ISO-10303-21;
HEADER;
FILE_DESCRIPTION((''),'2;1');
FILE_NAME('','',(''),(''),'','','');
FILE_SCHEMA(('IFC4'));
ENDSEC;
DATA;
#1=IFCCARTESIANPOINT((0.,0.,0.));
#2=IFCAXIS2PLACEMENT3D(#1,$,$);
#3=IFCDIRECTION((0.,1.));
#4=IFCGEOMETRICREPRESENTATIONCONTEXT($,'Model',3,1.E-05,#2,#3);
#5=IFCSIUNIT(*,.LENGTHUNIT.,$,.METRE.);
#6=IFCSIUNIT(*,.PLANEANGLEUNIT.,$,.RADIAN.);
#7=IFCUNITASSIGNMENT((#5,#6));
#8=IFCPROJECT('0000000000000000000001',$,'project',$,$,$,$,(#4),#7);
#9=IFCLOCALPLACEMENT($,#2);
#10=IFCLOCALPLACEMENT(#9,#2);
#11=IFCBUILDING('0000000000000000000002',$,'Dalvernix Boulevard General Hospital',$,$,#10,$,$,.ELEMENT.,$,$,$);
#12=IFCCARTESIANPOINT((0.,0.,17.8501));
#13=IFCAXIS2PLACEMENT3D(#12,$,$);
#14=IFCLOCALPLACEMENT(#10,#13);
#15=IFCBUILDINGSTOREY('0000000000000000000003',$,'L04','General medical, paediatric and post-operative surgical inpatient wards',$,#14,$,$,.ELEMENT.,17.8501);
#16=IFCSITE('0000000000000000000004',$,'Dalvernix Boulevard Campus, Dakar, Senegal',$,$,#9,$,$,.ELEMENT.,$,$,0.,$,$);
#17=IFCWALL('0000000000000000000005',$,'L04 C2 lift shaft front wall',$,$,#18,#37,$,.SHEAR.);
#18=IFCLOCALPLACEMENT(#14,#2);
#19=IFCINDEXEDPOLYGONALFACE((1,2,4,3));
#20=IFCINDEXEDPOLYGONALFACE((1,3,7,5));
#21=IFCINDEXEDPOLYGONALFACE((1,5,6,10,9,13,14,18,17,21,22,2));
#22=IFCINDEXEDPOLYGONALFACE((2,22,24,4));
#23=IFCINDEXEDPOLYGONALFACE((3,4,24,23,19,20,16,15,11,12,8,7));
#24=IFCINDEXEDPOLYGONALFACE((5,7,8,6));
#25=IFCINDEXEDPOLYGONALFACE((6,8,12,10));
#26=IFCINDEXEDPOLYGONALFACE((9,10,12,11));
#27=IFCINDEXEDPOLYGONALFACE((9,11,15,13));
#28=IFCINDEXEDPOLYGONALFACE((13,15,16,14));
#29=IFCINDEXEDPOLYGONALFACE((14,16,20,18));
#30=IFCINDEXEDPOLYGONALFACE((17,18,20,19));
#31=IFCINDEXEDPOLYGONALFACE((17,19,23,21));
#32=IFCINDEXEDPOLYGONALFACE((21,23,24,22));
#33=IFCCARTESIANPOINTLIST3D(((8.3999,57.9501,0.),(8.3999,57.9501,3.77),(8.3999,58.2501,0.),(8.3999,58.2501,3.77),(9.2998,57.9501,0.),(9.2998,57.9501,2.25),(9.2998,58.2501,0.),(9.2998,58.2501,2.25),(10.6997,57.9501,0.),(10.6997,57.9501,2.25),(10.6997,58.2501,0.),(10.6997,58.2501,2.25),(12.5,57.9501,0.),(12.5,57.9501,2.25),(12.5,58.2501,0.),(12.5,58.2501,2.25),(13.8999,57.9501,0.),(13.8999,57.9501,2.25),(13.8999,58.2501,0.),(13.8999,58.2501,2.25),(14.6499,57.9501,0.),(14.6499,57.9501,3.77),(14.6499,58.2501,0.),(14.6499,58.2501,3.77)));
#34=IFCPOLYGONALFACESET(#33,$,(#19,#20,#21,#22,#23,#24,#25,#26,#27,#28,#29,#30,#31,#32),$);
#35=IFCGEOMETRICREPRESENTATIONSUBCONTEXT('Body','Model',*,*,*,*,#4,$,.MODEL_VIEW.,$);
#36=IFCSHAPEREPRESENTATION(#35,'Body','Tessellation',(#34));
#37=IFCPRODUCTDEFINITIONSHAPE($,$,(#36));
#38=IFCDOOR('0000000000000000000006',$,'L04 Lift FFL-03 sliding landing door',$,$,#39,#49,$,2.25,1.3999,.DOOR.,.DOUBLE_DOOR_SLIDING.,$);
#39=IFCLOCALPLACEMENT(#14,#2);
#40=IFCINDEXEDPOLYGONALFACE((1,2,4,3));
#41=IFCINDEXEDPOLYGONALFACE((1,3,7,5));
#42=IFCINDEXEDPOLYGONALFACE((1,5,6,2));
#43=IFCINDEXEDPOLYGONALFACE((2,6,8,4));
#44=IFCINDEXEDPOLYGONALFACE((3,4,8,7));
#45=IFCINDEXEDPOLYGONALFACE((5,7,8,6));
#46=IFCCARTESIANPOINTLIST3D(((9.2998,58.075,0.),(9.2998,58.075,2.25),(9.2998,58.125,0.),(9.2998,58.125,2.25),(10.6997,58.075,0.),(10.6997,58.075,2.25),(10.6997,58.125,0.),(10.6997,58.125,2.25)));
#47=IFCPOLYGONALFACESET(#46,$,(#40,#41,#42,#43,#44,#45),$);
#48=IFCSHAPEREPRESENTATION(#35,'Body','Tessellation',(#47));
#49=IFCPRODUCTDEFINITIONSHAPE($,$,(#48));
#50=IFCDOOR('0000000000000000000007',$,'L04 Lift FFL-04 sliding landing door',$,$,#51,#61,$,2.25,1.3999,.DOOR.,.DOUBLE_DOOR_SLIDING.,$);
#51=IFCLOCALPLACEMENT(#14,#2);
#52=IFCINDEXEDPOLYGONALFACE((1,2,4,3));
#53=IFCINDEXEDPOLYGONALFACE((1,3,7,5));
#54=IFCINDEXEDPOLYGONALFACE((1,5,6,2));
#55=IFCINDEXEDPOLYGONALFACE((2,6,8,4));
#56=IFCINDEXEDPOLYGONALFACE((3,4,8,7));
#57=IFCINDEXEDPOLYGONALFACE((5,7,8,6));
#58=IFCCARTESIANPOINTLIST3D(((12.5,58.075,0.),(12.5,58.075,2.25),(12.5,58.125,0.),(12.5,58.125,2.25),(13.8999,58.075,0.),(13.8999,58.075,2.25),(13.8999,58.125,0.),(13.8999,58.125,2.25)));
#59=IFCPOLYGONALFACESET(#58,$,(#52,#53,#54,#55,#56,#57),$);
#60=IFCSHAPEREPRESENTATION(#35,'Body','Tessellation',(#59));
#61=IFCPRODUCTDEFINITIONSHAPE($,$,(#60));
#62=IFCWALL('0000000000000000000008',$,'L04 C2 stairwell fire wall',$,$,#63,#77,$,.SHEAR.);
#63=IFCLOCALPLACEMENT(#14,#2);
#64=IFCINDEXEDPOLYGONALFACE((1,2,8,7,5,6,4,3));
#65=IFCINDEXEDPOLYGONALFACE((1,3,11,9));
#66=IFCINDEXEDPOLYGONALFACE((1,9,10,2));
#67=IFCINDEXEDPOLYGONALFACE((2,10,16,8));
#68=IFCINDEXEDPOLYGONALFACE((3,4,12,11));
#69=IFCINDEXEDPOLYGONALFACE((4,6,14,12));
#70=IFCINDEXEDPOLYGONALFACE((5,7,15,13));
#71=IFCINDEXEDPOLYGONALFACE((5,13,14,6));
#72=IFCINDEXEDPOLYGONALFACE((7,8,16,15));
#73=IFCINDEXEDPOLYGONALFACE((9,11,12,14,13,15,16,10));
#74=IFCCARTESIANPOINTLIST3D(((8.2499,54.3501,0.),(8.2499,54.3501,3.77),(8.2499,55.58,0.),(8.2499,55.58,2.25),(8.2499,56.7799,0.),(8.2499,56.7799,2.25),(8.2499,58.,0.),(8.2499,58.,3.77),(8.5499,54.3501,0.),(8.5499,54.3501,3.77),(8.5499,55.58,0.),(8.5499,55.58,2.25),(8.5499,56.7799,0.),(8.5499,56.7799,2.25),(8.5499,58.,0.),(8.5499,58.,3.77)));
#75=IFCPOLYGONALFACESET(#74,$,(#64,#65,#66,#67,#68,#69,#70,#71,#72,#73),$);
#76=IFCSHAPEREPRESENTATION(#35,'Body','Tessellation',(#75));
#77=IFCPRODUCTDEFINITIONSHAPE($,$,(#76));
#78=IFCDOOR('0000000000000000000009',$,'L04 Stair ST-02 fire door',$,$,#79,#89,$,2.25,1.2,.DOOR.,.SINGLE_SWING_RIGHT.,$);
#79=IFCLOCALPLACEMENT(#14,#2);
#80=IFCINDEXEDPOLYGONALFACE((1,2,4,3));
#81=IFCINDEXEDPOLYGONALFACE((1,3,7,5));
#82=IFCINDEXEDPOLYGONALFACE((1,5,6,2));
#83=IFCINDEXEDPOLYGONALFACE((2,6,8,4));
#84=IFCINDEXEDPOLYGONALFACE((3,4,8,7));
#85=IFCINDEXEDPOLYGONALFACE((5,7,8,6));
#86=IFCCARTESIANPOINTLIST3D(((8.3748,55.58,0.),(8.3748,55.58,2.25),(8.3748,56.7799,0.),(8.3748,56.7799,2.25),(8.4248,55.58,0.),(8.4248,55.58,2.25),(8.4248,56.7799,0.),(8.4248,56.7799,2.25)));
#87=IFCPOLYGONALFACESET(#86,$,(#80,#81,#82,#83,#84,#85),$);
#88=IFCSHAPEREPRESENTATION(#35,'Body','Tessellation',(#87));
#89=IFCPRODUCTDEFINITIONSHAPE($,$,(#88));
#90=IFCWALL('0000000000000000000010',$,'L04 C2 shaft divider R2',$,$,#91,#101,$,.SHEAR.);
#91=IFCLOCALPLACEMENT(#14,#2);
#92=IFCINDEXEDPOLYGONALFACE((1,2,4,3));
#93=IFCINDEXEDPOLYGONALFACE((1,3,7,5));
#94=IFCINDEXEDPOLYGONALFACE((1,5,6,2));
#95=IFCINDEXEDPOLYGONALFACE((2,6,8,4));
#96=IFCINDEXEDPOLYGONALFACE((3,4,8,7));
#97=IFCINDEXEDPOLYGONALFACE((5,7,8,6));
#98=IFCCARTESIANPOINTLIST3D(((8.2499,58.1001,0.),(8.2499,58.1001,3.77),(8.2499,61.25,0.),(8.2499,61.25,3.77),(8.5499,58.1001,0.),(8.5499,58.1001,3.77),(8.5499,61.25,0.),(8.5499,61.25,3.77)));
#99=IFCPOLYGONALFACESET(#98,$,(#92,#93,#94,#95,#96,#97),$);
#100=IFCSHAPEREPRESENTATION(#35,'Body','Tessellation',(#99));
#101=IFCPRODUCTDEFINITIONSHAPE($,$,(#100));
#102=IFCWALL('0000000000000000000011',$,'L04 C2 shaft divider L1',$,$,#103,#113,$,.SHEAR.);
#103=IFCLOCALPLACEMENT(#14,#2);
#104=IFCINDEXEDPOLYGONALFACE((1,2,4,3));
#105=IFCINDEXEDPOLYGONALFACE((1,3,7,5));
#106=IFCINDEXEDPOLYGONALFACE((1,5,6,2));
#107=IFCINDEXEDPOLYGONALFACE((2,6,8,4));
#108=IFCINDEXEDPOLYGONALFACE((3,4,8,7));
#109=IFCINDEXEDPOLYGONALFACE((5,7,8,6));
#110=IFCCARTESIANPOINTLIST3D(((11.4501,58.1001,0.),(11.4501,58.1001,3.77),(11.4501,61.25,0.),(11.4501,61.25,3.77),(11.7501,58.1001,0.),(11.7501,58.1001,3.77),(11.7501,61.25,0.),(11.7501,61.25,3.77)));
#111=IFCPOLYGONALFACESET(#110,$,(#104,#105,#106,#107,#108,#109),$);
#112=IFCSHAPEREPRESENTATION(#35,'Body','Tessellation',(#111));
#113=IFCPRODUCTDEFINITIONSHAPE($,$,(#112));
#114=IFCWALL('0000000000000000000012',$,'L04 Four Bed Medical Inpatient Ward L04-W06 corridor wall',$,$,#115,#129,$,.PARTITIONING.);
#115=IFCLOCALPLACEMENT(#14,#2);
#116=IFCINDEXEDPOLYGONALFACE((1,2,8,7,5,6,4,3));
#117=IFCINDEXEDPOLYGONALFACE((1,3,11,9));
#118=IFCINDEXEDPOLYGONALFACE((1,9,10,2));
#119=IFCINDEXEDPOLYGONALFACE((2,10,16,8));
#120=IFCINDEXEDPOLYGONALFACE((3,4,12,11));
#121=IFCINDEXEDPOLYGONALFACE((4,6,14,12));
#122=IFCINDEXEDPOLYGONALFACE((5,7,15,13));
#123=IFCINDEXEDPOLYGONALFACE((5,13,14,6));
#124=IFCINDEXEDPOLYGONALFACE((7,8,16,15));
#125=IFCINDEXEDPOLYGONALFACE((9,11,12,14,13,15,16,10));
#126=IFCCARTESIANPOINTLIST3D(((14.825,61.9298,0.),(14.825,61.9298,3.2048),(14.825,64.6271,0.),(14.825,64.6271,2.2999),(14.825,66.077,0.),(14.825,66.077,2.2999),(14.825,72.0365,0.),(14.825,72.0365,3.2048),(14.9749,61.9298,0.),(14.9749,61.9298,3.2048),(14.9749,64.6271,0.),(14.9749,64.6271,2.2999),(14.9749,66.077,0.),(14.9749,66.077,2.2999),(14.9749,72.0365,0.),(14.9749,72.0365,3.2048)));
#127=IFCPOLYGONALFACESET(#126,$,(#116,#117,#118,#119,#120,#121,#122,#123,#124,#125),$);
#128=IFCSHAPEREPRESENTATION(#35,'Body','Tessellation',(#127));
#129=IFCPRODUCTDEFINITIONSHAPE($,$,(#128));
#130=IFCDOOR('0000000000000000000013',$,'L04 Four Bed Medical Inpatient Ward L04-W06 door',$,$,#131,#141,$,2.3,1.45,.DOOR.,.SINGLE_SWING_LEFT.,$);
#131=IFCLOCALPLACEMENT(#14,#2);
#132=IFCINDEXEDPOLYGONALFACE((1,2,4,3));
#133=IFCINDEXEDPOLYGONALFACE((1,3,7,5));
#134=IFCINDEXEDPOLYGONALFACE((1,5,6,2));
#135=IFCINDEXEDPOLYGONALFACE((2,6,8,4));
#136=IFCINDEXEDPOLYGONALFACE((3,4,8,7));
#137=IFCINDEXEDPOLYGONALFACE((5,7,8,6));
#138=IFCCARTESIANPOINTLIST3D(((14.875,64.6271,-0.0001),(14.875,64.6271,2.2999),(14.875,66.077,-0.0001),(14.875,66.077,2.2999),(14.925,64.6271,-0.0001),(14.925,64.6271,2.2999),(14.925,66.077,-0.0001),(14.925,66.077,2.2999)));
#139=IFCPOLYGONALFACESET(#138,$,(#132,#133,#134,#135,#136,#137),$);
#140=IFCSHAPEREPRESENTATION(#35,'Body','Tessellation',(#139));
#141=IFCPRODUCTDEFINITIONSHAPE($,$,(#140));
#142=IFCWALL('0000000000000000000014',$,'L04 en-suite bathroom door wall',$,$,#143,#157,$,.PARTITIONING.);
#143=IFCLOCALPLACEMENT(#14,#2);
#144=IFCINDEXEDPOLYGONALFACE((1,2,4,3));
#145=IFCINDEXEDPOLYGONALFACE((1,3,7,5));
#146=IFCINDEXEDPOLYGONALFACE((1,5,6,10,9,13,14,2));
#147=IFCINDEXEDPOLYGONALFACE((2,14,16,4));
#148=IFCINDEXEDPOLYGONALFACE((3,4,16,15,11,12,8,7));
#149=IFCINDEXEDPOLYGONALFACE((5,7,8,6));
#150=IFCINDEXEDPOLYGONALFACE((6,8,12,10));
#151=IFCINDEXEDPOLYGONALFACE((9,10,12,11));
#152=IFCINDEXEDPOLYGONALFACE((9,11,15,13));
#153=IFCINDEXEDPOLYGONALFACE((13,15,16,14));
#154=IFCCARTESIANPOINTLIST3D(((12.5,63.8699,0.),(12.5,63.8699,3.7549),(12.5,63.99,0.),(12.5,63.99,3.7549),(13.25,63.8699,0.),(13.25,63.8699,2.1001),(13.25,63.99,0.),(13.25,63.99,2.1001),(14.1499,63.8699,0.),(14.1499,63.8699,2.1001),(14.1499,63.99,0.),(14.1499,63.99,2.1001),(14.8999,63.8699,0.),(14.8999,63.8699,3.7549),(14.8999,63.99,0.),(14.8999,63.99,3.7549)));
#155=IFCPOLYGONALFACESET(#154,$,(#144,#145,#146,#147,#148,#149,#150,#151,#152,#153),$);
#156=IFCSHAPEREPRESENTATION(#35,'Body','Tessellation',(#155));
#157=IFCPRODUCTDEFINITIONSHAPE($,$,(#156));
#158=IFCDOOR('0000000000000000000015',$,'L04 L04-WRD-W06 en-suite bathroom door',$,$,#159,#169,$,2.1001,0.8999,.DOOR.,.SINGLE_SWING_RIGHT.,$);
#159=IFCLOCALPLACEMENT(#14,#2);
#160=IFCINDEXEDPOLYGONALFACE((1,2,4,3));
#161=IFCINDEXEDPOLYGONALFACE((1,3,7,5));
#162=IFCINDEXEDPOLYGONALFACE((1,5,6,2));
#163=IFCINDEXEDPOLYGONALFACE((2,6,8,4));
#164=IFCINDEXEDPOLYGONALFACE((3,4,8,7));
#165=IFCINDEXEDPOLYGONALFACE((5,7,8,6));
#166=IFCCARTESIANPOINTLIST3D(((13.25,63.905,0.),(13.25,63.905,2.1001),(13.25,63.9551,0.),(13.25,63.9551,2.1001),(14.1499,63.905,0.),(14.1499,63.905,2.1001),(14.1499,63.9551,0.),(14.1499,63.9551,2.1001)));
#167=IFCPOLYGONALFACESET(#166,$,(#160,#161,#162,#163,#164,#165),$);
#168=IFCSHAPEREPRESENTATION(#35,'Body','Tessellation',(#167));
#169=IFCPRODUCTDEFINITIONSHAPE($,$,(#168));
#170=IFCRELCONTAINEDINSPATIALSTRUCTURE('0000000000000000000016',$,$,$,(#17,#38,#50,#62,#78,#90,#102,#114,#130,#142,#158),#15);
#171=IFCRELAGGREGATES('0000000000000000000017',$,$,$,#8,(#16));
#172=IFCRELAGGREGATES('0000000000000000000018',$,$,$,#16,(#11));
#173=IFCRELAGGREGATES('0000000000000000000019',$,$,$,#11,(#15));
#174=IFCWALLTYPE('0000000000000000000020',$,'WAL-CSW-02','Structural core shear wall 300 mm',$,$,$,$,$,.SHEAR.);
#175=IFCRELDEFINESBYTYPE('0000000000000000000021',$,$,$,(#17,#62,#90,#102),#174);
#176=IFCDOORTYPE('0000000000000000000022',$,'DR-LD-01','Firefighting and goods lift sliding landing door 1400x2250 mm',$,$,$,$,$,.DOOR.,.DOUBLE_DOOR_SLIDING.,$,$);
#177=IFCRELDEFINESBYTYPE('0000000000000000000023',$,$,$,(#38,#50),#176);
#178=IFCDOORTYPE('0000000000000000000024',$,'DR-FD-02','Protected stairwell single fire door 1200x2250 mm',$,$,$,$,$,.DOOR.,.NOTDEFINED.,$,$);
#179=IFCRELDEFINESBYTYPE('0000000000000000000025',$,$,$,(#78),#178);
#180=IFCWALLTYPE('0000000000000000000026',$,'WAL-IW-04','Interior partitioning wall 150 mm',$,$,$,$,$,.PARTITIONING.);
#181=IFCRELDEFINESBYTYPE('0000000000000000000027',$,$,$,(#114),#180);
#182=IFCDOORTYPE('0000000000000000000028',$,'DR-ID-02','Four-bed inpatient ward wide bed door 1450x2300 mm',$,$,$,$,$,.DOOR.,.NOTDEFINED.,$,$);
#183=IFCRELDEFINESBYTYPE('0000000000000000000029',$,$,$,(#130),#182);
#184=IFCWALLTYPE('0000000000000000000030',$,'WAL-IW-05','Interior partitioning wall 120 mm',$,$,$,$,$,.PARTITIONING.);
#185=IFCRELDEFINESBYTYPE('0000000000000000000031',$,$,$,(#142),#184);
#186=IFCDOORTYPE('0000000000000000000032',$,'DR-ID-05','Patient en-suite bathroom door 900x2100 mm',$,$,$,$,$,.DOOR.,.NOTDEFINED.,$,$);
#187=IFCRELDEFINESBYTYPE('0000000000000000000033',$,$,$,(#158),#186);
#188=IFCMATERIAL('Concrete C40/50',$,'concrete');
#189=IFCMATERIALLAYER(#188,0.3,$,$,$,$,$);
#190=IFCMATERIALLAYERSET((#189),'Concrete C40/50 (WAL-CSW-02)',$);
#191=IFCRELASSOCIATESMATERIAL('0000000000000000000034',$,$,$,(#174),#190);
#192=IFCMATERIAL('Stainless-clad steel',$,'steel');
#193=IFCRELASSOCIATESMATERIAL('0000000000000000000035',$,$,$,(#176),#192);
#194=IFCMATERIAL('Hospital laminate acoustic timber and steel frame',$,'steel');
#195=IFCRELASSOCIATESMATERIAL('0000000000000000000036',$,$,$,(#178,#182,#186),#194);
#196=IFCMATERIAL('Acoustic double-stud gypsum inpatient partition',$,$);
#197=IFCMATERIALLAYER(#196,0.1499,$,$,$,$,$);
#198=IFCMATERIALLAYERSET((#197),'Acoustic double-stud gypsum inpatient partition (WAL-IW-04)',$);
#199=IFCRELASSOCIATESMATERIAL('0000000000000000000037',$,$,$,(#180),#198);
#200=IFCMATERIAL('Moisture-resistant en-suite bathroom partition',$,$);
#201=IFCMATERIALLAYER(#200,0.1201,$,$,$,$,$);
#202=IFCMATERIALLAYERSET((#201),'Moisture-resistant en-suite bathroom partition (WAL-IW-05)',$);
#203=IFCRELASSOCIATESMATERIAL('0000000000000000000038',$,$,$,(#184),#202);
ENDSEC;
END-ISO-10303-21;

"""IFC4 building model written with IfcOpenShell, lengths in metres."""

from ifc_helpers import new_model, si_unit, direction, frame, frame_2d, origin, place, context, subcontext, project, spatial, rectangle, extrude, material, layer, layer_set, type_object, element, fill, save


model = new_model("IFC4")

# Units and contexts
model_context = context("Model", 3, precision=1e-05, world=origin(), true_north=direction((0.0, 1.0)))
body_context = subcontext(model_context, "Body", "Model", "MODEL_VIEW")
ifc_project = project(units=[si_unit("LENGTHUNIT", "METRE"), si_unit("PLANEANGLEUNIT", "RADIAN")], contexts=[model_context])

# Site, building, storey
site_placement = place(None, origin())
site = spatial("IfcSite", under=ifc_project, at=site_placement, Name="Dalvernix Boulevard Campus, Dakar, Senegal", CompositionType="ELEMENT", RefElevation=0.0)
building_placement = place(site_placement, origin())
building = spatial("IfcBuilding", under=site, at=building_placement, Name="Dalvernix Boulevard General Hospital", CompositionType="ELEMENT")
storey_placement = place(building_placement, frame((0.0, 0.0, 17.8501)))
storey = spatial("IfcBuildingStorey", under=building, at=storey_placement, Name="L04", Description="General medical, paediatric and post-operative surgical inpatient wards", CompositionType="ELEMENT", Elevation=17.8501)

# Shared definitions
ifc_material_1 = material(Name="Concrete C40/50", Category="concrete")

# Shared definitions
ifc_material_2 = material(Name="Hospital laminate acoustic timber and steel frame", Category="steel")

# Wall, openings, doors
ifc_layer_1 = layer(ifc_material_1, 0.3)
ifc_layer_set_1 = layer_set([ifc_layer_1], Name="Concrete C40/50 (WAL-CSW-02)")
wall_type_1 = type_object("IfcWallType", Name="WAL-CSW-02", Description="Structural core shear wall 300 mm", PredefinedType="SHEAR", material=ifc_layer_set_1)
wall_1_placement = place(storey_placement, frame((8.3999, 58.1001, 0.0), z_axis=(0.0, 0.0, 1.0), x_axis=(1.0, 0.0, 0.0)))
wall_1 = element("IfcWall", 1, at=wall_1_placement, inside=storey, type_object=wall_type_1, Name="L04 C2 lift shaft front wall", PredefinedType="SHEAR", context=body_context, shape_type="SweptSolid", body=[
    extrude(rectangle(XDim=6.25, YDim=0.3, at=frame_2d((3.125, 0.0))), origin(), (0.0, 0.0, 1.0), 3.77),
])
opening_1_placement = place(wall_1_placement, frame((0.8999, 0.0, 0.0)))
opening_1 = element("IfcOpeningElement", 2, at=opening_1_placement, cuts=wall_1, PredefinedType="OPENING", context=body_context, shape_type="SweptSolid", body=[
    extrude(rectangle(XDim=1.3999, YDim=2.25, at=frame_2d((0.7, 1.125))), frame((0.0, 0.1599, 0.0), z_axis=(0.0, -1.0, 0.0), x_axis=(1.0, 0.0, 0.0)), (0.0, 0.0, 1.0), 0.3201),
])
opening_2_placement = place(wall_1_placement, frame((4.1001, 0.0, 0.0)))
opening_2 = element("IfcOpeningElement", 3, at=opening_2_placement, cuts=wall_1, PredefinedType="OPENING", context=body_context, shape_type="SweptSolid", body=[
    extrude(rectangle(XDim=1.3999, YDim=2.25, at=frame_2d((0.7, 1.125))), frame((0.0, 0.1599, 0.0), z_axis=(0.0, -1.0, 0.0), x_axis=(1.0, 0.0, 0.0)), (0.0, 0.0, 1.0), 0.3201),
])
ifc_material_3 = material(Name="Stainless-clad steel", Category="steel")
door_type_1 = type_object("IfcDoorType", Name="DR-LD-01", Description="Firefighting and goods lift sliding landing door 1400x2250 mm", OperationType="DOUBLE_DOOR_SLIDING", PredefinedType="DOOR", material=ifc_material_3)
door_1_placement = place(opening_1_placement, origin())
door_1 = element("IfcDoor", 4, at=door_1_placement, inside=storey, type_object=door_type_1, Name="L04 Lift FFL-03 sliding landing door", OperationType="DOUBLE_DOOR_SLIDING", OverallHeight=2.25, OverallWidth=1.3999, PredefinedType="DOOR", context=body_context, shape_type="SweptSolid", body=[
    extrude(rectangle(XDim=1.3999, YDim=2.25, at=frame_2d((0.7, 1.125))), frame((0.0, 0.0249, 0.0), z_axis=(0.0, -1.0, 0.0), x_axis=(1.0, 0.0, 0.0)), (0.0, 0.0, 1.0), 0.05),
])
fill(opening_1, door_1)
door_2_placement = place(opening_2_placement, origin())
door_2 = element("IfcDoor", 5, at=door_2_placement, inside=storey, type_object=door_type_1, Name="L04 Lift FFL-04 sliding landing door", OperationType="DOUBLE_DOOR_SLIDING", OverallHeight=2.25, OverallWidth=1.3999, PredefinedType="DOOR", context=body_context, shape_type="SweptSolid", body=[
    extrude(rectangle(XDim=1.3999, YDim=2.25, at=frame_2d((0.7, 1.125))), frame((0.0, 0.0249, 0.0), z_axis=(0.0, -1.0, 0.0), x_axis=(1.0, 0.0, 0.0)), (0.0, 0.0, 1.0), 0.05),
])
fill(opening_2, door_2)

# Wall, opening, door
wall_2_placement = place(storey_placement, frame((8.3999, 58.0, 0.0), z_axis=(0.0, 0.0, 1.0), x_axis=(0.0, -1.0, 0.0)))
wall_2 = element("IfcWall", 6, at=wall_2_placement, inside=storey, type_object=wall_type_1, Name="L04 C2 stairwell fire wall", PredefinedType="SHEAR", context=body_context, shape_type="SweptSolid", body=[
    extrude(rectangle(XDim=3.6499, YDim=0.3, at=frame_2d((1.825, 0.0))), origin(), (0.0, 0.0, 1.0), 3.77),
])
opening_3_placement = place(wall_2_placement, frame((1.22, 0.0, 0.0)))
opening_3 = element("IfcOpeningElement", 7, at=opening_3_placement, cuts=wall_2, PredefinedType="OPENING", context=body_context, shape_type="SweptSolid", body=[
    extrude(rectangle(XDim=1.2, YDim=2.25, at=frame_2d((0.6001, 1.125))), frame((0.0, 0.1599, 0.0), z_axis=(0.0, -1.0, 0.0), x_axis=(1.0, 0.0, 0.0)), (0.0, 0.0, 1.0), 0.3201),
])
door_type_2 = type_object("IfcDoorType", Name="DR-FD-02", Description="Protected stairwell single fire door 1200x2250 mm", OperationType="NOTDEFINED", PredefinedType="DOOR", material=ifc_material_2)
door_3_placement = place(opening_3_placement, origin())
door_3 = element("IfcDoor", 8, at=door_3_placement, inside=storey, type_object=door_type_2, Name="L04 Stair ST-02 fire door", OperationType="SINGLE_SWING_RIGHT", OverallHeight=2.25, OverallWidth=1.2, PredefinedType="DOOR", context=body_context, shape_type="SweptSolid", body=[
    extrude(rectangle(XDim=1.2, YDim=2.25, at=frame_2d((0.6001, 1.125))), frame((0.0, 0.0249, 0.0), z_axis=(0.0, -1.0, 0.0), x_axis=(1.0, 0.0, 0.0)), (0.0, 0.0, 1.0), 0.05),
])
fill(opening_3, door_3)

# Walls
for number, where, z_axis, x_axis, name in (
    (9, (8.3999, 58.1001, 0.0), (0.0, 0.0, 1.0), (0.0, 1.0, 0.0), "L04 C2 shaft divider R2"),
    (10, (11.6001, 58.1001, 0.0), (0.0, 0.0, 1.0), (0.0, 1.0, 0.0), "L04 C2 shaft divider L1"),
):
    element("IfcWall", number, at=place(storey_placement, frame(where, z_axis=z_axis, x_axis=x_axis)), inside=storey, type_object=wall_type_1, Name=name, PredefinedType="SHEAR", context=body_context, shape_type="SweptSolid", body=[
        extrude(rectangle(XDim=3.1499, YDim=0.3, at=frame_2d((1.575, 0.0))), origin(), (0.0, 0.0, 1.0), 3.77),
    ])

# Walls, openings, doors
ifc_material_4 = material(Name="Acoustic double-stud gypsum inpatient partition")
ifc_layer_2 = layer(ifc_material_4, 0.1499)
ifc_layer_set_2 = layer_set([ifc_layer_2], Name="Acoustic double-stud gypsum inpatient partition (WAL-IW-04)")
wall_type_2 = type_object("IfcWallType", Name="WAL-IW-04", Description="Interior partitioning wall 150 mm", PredefinedType="PARTITIONING", material=ifc_layer_set_2)
wall_3_placement = place(storey_placement, frame((14.8999, 61.9299, 0.0), z_axis=(0.0, 0.0, 1.0), x_axis=(0.0, 1.0, 0.0)))
wall_3 = element("IfcWall", 11, at=wall_3_placement, inside=storey, type_object=wall_type_2, Name="L04 Four Bed Medical Inpatient Ward L04-W06 corridor wall", PredefinedType="PARTITIONING", context=body_context, shape_type="SweptSolid", body=[
    extrude(rectangle(XDim=10.1067, YDim=0.1499, at=frame_2d((5.0532, 0.0))), origin(), (0.0, 0.0, 1.0), 3.2048),
])
opening_4_placement = place(wall_3_placement, frame((2.697, 0.0, 0.0)))
opening_4 = element("IfcOpeningElement", 12, at=opening_4_placement, cuts=wall_3, PredefinedType="OPENING", context=body_context, shape_type="SweptSolid", body=[
    extrude(rectangle(XDim=1.45, YDim=2.3, at=frame_2d((0.7251, 1.1499))), frame((0.0, 0.085, 0.0), z_axis=(0.0, -1.0, 0.0), x_axis=(1.0, 0.0, 0.0)), (0.0, 0.0, 1.0), 0.1699),
])
door_type_3 = type_object("IfcDoorType", Name="DR-ID-02", Description="Four-bed inpatient ward wide bed door 1450x2300 mm", OperationType="NOTDEFINED", PredefinedType="DOOR", material=ifc_material_2)
door_4_placement = place(opening_4_placement, origin())
door_4 = element("IfcDoor", 13, at=door_4_placement, inside=storey, type_object=door_type_3, Name="L04 Four Bed Medical Inpatient Ward L04-W06 door", OperationType="SINGLE_SWING_LEFT", OverallHeight=2.3, OverallWidth=1.45, PredefinedType="DOOR", context=body_context, shape_type="SweptSolid", body=[
    extrude(rectangle(XDim=1.45, YDim=2.3, at=frame_2d((0.7251, 1.1499))), frame((0.0, 0.0249, 0.0), z_axis=(0.0, -1.0, 0.0), x_axis=(1.0, 0.0, 0.0)), (0.0, 0.0, 1.0), 0.05),
])
fill(opening_4, door_4)
ifc_material_5 = material(Name="Moisture-resistant en-suite bathroom partition")
ifc_layer_3 = layer(ifc_material_5, 0.1201)
ifc_layer_set_3 = layer_set([ifc_layer_3], Name="Moisture-resistant en-suite bathroom partition (WAL-IW-05)")
wall_type_3 = type_object("IfcWallType", Name="WAL-IW-05", Description="Interior partitioning wall 120 mm", PredefinedType="PARTITIONING", material=ifc_layer_set_3)
wall_4_placement = place(storey_placement, frame((14.8999, 63.9299, 0.0), z_axis=(0.0, 0.0, 1.0), x_axis=(-1.0, 0.0, 0.0)))
wall_4 = element("IfcWall", 14, at=wall_4_placement, inside=storey, type_object=wall_type_3, Name="L04 en-suite bathroom door wall", PredefinedType="PARTITIONING", context=body_context, shape_type="SweptSolid", body=[
    extrude(rectangle(XDim=2.3999, YDim=0.1201, at=frame_2d((1.2, 0.0))), origin(), (0.0, 0.0, 1.0), 3.7549),
])
opening_5_placement = place(wall_4_placement, frame((0.75, 0.0, 0.0)))
opening_5 = element("IfcOpeningElement", 15, at=opening_5_placement, cuts=wall_4, PredefinedType="OPENING", context=body_context, shape_type="SweptSolid", body=[
    extrude(rectangle(XDim=0.8999, YDim=2.1001, at=frame_2d((0.45, 1.05))), frame((0.0, 0.0701, 0.0), z_axis=(0.0, -1.0, 0.0), x_axis=(1.0, 0.0, 0.0)), (0.0, 0.0, 1.0), 0.1401),
])
door_type_4 = type_object("IfcDoorType", Name="DR-ID-05", Description="Patient en-suite bathroom door 900x2100 mm", OperationType="NOTDEFINED", PredefinedType="DOOR", material=ifc_material_2)
door_5_placement = place(opening_5_placement, origin())
door_5 = element("IfcDoor", 16, at=door_5_placement, inside=storey, type_object=door_type_4, Name="L04 L04-WRD-W06 en-suite bathroom door", OperationType="SINGLE_SWING_RIGHT", OverallHeight=2.1001, OverallWidth=0.8999, PredefinedType="DOOR", context=body_context, shape_type="SweptSolid", body=[
    extrude(rectangle(XDim=0.8999, YDim=2.1001, at=frame_2d((0.45, 1.05))), frame((0.0, 0.0249, 0.0), z_axis=(0.0, -1.0, 0.0), x_axis=(1.0, 0.0, 0.0)), (0.0, 0.0, 1.0), 0.05),
])
fill(opening_5, door_5)

save(model, "model.ifc")
